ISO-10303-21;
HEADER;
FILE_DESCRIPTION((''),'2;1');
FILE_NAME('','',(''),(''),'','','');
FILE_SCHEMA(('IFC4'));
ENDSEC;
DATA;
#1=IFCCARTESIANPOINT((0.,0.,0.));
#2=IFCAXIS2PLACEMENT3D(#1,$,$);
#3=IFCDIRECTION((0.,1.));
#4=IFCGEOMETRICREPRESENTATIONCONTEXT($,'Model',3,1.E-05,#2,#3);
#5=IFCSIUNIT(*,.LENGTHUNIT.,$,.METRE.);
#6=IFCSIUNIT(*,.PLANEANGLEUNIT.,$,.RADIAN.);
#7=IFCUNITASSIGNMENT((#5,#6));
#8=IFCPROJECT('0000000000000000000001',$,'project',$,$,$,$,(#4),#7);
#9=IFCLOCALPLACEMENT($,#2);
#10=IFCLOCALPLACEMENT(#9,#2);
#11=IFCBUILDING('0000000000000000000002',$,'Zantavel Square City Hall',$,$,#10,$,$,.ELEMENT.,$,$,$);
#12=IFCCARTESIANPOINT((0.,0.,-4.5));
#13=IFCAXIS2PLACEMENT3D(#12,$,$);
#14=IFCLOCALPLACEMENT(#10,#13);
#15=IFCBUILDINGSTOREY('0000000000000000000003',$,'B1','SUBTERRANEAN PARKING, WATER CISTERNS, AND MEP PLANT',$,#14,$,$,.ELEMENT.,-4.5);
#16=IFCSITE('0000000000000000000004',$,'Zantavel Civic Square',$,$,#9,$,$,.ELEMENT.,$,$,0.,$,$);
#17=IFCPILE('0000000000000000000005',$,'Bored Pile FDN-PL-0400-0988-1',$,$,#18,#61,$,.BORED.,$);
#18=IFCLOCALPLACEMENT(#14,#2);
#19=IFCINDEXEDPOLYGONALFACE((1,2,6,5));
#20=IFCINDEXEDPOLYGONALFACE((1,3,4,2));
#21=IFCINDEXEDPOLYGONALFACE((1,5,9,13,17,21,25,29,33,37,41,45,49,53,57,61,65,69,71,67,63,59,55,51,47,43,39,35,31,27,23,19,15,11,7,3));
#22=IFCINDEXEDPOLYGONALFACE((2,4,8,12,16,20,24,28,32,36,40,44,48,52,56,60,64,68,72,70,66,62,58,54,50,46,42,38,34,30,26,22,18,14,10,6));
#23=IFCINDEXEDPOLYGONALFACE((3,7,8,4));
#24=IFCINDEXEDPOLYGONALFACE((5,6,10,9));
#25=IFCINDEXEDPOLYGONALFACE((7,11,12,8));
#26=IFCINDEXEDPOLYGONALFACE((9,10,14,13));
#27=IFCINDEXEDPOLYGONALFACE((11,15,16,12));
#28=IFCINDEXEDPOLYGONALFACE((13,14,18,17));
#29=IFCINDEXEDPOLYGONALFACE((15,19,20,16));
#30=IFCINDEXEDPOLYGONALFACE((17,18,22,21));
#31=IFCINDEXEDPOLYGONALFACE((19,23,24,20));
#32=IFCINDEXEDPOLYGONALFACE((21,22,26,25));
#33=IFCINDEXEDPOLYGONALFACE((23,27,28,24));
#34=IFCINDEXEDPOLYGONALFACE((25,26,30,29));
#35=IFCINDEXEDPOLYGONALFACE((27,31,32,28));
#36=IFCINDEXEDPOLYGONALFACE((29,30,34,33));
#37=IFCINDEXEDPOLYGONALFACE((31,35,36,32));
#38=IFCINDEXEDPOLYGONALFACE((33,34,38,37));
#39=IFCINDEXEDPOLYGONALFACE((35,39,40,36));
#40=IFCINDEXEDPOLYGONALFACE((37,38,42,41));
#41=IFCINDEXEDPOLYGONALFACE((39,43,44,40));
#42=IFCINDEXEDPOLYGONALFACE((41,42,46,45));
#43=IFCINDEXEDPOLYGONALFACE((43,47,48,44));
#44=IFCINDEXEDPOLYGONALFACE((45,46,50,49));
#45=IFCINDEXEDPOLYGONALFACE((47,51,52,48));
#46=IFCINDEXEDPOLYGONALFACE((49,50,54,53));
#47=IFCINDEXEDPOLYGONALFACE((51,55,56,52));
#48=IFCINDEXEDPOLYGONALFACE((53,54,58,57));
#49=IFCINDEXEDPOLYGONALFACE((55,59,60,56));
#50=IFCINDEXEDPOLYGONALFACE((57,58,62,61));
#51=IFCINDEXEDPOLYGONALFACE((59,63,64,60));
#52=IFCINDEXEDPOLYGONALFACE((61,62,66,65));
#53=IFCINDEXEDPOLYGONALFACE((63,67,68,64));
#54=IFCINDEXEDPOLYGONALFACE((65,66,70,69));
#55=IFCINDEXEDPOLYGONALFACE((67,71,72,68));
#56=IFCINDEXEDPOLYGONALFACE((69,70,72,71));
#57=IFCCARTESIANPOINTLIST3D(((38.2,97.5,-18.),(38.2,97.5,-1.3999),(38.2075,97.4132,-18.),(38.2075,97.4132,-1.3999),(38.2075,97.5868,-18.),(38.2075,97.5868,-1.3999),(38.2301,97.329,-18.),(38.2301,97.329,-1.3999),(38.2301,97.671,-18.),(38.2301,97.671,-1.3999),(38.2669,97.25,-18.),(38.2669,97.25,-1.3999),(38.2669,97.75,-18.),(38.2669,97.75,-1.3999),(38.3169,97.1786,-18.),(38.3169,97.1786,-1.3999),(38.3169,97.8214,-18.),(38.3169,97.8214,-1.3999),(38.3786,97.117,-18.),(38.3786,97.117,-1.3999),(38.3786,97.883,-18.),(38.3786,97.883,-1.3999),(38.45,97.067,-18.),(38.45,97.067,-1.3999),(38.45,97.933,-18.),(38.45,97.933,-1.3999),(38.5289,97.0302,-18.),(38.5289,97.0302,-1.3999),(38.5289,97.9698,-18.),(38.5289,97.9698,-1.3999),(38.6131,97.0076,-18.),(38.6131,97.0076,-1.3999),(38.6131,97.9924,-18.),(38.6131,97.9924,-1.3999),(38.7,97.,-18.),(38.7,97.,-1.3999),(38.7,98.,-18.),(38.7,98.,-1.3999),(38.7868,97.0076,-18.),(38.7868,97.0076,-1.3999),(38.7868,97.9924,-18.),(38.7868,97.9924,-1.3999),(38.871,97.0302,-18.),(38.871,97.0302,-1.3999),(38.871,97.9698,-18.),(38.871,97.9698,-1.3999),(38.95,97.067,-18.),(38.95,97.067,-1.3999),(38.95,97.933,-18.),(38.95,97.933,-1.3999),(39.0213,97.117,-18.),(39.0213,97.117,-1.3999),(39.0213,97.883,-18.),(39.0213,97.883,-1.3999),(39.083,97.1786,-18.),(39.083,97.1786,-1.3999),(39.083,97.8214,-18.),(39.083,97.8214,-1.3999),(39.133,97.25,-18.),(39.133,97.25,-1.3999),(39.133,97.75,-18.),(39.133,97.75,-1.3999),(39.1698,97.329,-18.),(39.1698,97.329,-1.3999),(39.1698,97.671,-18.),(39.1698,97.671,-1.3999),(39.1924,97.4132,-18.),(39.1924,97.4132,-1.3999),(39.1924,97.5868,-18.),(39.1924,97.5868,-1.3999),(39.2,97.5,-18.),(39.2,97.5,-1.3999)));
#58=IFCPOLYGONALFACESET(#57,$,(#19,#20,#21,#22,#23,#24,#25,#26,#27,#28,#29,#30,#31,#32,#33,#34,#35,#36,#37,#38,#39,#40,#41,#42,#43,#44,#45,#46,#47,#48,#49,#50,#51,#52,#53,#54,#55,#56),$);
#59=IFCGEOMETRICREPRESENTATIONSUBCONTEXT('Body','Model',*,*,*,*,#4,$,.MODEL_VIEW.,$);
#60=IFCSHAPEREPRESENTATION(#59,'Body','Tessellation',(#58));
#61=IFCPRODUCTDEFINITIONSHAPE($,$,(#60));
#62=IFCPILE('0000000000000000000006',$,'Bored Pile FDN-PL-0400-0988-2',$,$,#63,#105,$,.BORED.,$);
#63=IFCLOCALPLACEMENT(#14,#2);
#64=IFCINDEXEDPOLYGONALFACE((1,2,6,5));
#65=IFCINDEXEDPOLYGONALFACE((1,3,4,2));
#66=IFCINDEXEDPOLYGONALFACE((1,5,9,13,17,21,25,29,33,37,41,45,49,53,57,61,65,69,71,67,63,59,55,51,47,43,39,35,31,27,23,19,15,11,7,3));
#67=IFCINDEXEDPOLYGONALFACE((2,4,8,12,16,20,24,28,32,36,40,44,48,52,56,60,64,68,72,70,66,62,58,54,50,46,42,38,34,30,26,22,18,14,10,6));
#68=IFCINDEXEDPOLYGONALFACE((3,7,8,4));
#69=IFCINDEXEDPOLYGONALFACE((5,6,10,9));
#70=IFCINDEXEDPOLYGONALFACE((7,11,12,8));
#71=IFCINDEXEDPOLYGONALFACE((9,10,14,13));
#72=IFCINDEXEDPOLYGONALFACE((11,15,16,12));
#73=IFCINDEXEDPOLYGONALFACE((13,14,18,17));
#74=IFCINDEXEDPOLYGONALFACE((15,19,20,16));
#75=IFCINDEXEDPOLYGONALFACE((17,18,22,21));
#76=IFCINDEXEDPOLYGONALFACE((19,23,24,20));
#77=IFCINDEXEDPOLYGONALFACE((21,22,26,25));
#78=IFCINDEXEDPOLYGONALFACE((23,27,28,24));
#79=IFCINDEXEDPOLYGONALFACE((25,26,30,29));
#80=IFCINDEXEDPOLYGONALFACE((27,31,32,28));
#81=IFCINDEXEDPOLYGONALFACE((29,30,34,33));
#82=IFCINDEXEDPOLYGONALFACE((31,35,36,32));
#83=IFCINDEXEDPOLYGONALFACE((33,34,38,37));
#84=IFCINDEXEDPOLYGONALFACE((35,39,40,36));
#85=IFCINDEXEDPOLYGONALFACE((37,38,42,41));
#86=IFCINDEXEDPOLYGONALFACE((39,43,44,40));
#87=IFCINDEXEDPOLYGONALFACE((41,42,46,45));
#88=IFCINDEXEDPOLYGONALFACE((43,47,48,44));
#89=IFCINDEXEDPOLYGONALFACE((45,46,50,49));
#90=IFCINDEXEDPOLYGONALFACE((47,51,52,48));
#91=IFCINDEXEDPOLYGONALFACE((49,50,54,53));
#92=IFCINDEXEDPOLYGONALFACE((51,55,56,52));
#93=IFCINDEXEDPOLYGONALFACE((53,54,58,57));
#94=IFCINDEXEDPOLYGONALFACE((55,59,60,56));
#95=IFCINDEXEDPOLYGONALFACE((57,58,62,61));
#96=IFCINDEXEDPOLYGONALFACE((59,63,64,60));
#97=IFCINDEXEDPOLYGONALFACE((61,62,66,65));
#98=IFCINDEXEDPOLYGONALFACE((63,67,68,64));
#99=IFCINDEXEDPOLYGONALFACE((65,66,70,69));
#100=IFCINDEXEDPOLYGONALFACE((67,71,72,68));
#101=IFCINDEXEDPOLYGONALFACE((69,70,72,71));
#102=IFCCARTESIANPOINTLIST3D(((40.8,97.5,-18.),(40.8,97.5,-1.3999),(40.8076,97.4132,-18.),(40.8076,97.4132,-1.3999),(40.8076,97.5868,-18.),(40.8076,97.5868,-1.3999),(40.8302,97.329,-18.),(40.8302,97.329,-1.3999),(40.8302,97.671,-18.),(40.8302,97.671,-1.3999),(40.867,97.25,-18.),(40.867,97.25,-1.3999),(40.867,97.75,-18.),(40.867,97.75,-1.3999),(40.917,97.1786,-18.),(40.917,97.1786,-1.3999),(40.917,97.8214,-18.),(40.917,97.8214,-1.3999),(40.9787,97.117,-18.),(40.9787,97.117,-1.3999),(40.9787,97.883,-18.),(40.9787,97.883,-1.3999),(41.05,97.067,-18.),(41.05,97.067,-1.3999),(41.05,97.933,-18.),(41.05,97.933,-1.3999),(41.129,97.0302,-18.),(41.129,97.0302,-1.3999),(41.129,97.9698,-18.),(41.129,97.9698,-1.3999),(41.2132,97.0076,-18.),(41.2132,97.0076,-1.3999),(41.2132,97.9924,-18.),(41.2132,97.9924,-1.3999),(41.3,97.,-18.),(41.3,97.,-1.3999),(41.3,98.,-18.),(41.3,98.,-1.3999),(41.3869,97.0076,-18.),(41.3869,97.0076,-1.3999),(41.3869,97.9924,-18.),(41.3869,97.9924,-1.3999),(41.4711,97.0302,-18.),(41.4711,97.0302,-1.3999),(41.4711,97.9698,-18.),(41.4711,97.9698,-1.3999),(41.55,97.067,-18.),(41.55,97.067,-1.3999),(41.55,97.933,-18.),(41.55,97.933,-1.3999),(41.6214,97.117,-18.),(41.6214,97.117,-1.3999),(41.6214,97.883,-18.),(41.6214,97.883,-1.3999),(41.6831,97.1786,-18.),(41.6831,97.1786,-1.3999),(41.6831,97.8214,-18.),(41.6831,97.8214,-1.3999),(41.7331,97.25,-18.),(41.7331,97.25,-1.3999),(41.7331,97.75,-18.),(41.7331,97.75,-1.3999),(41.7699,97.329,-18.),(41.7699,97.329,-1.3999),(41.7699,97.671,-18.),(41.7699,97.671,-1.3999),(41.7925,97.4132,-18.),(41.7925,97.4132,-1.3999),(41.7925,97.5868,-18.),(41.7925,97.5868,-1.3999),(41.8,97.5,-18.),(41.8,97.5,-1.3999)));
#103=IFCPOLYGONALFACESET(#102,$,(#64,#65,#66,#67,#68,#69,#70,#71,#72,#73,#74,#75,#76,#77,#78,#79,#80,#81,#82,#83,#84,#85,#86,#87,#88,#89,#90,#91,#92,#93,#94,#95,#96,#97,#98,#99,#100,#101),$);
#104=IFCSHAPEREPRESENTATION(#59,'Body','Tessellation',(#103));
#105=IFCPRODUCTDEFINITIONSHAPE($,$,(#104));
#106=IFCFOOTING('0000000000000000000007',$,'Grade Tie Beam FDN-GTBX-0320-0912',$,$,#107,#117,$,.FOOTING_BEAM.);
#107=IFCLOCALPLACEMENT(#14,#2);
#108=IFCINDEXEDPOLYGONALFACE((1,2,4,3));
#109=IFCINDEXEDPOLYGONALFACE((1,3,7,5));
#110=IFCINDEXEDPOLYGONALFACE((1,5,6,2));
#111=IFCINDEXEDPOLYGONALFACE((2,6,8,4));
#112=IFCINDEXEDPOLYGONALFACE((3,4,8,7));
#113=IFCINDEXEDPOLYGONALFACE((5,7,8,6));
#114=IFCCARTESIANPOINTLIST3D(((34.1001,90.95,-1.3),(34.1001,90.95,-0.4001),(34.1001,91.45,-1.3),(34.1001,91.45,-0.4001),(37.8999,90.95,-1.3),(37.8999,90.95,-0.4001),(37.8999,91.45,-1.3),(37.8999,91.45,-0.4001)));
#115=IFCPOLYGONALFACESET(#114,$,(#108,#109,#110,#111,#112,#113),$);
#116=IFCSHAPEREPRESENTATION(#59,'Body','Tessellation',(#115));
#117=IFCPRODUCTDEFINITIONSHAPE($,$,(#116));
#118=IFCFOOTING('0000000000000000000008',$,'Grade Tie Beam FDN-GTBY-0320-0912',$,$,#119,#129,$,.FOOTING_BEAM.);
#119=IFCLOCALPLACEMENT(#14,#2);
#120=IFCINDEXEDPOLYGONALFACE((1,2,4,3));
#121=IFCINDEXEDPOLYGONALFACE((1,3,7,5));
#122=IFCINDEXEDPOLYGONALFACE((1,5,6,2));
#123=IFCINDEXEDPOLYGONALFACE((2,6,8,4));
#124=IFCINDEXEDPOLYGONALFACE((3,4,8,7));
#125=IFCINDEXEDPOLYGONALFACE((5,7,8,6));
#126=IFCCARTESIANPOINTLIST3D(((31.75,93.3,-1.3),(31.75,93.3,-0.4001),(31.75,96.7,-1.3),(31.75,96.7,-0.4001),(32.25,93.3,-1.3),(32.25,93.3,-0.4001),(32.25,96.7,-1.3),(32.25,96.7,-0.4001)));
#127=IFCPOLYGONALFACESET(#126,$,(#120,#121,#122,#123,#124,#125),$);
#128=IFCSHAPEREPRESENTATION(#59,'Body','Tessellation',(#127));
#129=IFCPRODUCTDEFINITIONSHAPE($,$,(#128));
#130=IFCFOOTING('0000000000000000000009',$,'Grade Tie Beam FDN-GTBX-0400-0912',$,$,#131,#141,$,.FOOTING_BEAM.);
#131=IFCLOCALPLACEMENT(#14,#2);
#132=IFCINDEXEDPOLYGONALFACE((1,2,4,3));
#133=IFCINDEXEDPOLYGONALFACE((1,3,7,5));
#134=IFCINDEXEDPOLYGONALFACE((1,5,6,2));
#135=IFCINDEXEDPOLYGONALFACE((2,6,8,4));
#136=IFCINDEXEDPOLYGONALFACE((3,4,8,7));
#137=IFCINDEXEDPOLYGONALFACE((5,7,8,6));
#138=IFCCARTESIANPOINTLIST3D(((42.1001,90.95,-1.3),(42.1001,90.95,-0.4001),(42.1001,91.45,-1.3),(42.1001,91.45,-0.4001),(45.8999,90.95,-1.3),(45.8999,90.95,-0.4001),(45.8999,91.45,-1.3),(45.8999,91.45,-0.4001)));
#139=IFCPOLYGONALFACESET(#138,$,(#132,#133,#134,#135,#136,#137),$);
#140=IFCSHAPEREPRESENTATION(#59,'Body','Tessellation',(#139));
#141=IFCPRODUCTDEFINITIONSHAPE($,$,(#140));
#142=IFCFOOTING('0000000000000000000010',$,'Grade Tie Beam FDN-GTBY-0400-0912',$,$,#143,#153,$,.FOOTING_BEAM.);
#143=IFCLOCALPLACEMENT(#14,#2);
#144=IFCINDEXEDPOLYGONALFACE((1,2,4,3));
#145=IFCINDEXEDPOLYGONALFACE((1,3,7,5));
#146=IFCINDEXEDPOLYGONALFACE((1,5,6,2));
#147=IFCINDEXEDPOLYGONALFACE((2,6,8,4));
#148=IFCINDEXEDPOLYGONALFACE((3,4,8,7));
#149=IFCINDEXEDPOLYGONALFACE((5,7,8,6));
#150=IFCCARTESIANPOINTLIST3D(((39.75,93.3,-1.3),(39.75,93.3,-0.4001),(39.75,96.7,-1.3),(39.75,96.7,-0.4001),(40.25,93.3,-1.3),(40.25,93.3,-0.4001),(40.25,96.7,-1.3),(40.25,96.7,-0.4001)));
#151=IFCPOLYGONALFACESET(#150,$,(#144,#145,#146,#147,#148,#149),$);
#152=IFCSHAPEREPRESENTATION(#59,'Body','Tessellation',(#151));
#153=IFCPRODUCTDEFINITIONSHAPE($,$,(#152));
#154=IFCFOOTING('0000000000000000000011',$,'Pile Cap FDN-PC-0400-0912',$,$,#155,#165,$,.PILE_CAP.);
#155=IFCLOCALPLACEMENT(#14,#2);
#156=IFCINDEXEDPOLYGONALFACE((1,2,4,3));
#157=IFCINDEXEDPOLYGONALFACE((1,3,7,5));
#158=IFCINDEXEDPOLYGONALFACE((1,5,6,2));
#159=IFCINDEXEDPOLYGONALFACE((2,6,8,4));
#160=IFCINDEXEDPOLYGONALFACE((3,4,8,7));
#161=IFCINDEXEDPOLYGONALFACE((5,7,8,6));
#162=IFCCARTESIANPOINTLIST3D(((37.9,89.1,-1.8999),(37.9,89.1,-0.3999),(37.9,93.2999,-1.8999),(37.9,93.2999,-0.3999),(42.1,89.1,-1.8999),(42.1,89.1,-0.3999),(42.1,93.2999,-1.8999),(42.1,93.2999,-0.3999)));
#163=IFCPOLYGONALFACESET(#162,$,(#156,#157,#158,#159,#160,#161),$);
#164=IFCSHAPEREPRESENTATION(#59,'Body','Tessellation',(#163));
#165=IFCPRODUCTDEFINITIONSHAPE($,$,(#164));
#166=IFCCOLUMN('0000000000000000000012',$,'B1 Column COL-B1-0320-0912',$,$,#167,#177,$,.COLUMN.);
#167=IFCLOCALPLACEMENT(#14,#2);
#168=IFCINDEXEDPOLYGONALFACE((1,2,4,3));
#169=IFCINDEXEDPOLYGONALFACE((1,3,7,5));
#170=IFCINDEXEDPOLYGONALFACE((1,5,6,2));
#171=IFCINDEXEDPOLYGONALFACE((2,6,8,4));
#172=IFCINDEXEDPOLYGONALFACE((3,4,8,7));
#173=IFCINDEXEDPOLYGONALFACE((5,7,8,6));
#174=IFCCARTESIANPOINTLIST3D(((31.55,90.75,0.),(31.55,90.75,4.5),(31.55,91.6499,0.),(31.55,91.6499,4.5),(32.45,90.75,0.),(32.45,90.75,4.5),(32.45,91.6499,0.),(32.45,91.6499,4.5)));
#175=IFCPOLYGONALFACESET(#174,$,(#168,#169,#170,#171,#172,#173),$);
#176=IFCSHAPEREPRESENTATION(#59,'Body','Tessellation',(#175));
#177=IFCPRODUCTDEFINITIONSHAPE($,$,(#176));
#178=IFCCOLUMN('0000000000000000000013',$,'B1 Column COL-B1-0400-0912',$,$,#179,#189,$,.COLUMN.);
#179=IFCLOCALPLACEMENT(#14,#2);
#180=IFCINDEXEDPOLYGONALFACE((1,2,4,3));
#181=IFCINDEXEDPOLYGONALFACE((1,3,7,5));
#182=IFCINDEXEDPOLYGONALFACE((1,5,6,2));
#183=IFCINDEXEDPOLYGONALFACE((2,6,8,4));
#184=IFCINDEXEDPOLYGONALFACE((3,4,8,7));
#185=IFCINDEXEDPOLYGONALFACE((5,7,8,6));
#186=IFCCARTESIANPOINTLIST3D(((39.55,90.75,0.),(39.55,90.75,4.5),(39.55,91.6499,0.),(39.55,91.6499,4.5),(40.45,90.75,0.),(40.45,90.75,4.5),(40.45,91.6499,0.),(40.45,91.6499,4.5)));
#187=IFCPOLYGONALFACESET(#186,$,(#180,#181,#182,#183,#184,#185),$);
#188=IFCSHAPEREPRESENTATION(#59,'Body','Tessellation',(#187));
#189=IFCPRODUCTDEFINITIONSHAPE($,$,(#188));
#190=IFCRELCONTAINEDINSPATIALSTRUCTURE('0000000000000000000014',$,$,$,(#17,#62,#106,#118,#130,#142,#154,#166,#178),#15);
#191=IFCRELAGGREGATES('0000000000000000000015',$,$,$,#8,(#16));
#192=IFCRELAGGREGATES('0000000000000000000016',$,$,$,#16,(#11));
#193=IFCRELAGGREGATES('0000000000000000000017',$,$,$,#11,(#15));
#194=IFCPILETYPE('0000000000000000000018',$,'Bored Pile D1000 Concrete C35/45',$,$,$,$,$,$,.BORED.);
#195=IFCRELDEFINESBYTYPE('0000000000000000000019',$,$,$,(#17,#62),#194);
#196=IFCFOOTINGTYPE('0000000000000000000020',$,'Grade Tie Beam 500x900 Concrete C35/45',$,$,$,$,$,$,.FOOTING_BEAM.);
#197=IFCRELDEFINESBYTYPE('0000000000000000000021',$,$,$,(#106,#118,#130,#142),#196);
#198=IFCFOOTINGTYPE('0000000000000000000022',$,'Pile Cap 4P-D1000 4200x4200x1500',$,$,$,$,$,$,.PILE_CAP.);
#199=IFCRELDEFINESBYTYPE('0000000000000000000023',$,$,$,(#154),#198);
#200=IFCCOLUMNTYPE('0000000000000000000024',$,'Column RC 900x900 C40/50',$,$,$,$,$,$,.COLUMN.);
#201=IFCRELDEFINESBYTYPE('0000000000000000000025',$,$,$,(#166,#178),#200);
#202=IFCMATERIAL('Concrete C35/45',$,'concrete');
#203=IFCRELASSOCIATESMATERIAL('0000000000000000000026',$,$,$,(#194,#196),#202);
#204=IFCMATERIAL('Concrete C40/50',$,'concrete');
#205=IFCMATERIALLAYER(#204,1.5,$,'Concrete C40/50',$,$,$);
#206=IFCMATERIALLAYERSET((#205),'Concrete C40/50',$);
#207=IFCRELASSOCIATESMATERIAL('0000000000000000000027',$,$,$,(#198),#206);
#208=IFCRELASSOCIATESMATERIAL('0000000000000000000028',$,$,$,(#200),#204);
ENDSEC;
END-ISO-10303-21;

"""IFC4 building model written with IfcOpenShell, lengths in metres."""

from ifc_helpers import new_model, si_unit, direction, frame, origin, origin_2d, place, context, subcontext, project, spatial, rectangle, circle, extrude, material, layer, layer_set, material_profile, profile_set, type_object, element, save


model = new_model("IFC4")

# Units and contexts
model_context = context("Model", 3, precision=1e-05, world=origin(), true_north=direction((0.0, 1.0)))
body_context = subcontext(model_context, "Body", "Model", "MODEL_VIEW")
ifc_project = project(units=[si_unit("LENGTHUNIT", "METRE"), si_unit("PLANEANGLEUNIT", "RADIAN")], contexts=[model_context])

# Site, building, storey
site_placement = place(None, origin())
site = spatial("IfcSite", under=ifc_project, at=site_placement, Name="Zantavel Civic Square", CompositionType="ELEMENT", RefElevation=0.0)
building_placement = place(site_placement, origin())
building = spatial("IfcBuilding", under=site, at=building_placement, Name="Zantavel Square City Hall", CompositionType="ELEMENT")
storey_placement = place(building_placement, frame((0.0, 0.0, -4.5)))
storey = spatial("IfcBuildingStorey", under=building, at=storey_placement, Name="B1", Description="SUBTERRANEAN PARKING, WATER CISTERNS, AND MEP PLANT", CompositionType="ELEMENT", Elevation=-4.5)

# Piles
ifc_material_1 = material(Name="Concrete C35/45", Category="concrete")
ifc_material_profile_1 = material_profile(ifc_material_1, circle(Radius=0.5, at=origin_2d()), Name="PILE D1000")
ifc_profile_set_1 = profile_set([ifc_material_profile_1], Name="Concrete C35/45")
pile_type = type_object("IfcPileType", Name="Bored Pile D1000 Concrete C35/45", PredefinedType="BORED", material=ifc_profile_set_1)
for number, where, z_axis, x_axis, name in (
    (1, (38.7, 97.5, -1.3999), (0.0, 0.0, -1.0), (1.0, 0.0, 0.0), "Bored Pile FDN-PL-0400-0988-1"),
    (2, (41.3, 97.5, -1.3999), (0.0, 0.0, -1.0), (1.0, 0.0, 0.0), "Bored Pile FDN-PL-0400-0988-2"),
):
    element("IfcPile", number, at=place(storey_placement, frame(where, z_axis=z_axis, x_axis=x_axis)), inside=storey, type_object=pile_type, Name=name, PredefinedType="BORED", context=body_context, shape_type="SweptSolid", body=[
        extrude(circle(Radius=0.5, at=origin_2d()), origin(), (0.0, 0.0, 1.0), 16.6001),
    ])

# Footings
ifc_material_profile_2 = material_profile(ifc_material_1, rectangle(XDim=0.5, YDim=0.8999, at=origin_2d()), Name="RC 500x900")
ifc_profile_set_2 = profile_set([ifc_material_profile_2], Name="Concrete C35/45")
footing_type_1 = type_object("IfcFootingType", Name="Grade Tie Beam 500x900 Concrete C35/45", PredefinedType="FOOTING_BEAM", material=ifc_profile_set_2)
footing_1_placement = place(storey_placement, frame((34.1001, 91.2, -0.8501), z_axis=(1.0, 0.0, 0.0), x_axis=(0.0, 1.0, 0.0)))
element("IfcFooting", 3, at=footing_1_placement, inside=storey, type_object=footing_type_1, Name="Grade Tie Beam FDN-GTBX-0320-0912", PredefinedType="FOOTING_BEAM", context=body_context, shape_type="SweptSolid", body=[
    extrude(rectangle(XDim=0.5, YDim=0.8999, at=origin_2d()), origin(), (0.0, 0.0, 1.0), 3.7998),
])
footing_2_placement = place(storey_placement, frame((32.0, 93.3, -0.8501), z_axis=(0.0, 1.0, 0.0), x_axis=(-1.0, 0.0, 0.0)))
element("IfcFooting", 4, at=footing_2_placement, inside=storey, type_object=footing_type_1, Name="Grade Tie Beam FDN-GTBY-0320-0912", PredefinedType="FOOTING_BEAM", context=body_context, shape_type="SweptSolid", body=[
    extrude(rectangle(XDim=0.5, YDim=0.8999, at=origin_2d()), origin(), (0.0, 0.0, 1.0), 3.3999),
])
footing_3_placement = place(storey_placement, frame((42.1001, 91.2, -0.8501), z_axis=(1.0, 0.0, 0.0), x_axis=(0.0, 1.0, 0.0)))
element("IfcFooting", 5, at=footing_3_placement, inside=storey, type_object=footing_type_1, Name="Grade Tie Beam FDN-GTBX-0400-0912", PredefinedType="FOOTING_BEAM", context=body_context, shape_type="SweptSolid", body=[
    extrude(rectangle(XDim=0.5, YDim=0.8999, at=origin_2d()), origin(), (0.0, 0.0, 1.0), 3.7998),
])
footing_4_placement = place(storey_placement, frame((40.0, 93.3, -0.8501), z_axis=(0.0, 1.0, 0.0), x_axis=(-1.0, 0.0, 0.0)))
element("IfcFooting", 6, at=footing_4_placement, inside=storey, type_object=footing_type_1, Name="Grade Tie Beam FDN-GTBY-0400-0912", PredefinedType="FOOTING_BEAM", context=body_context, shape_type="SweptSolid", body=[
    extrude(rectangle(XDim=0.5, YDim=0.8999, at=origin_2d()), origin(), (0.0, 0.0, 1.0), 3.3999),
])
ifc_material_2 = material(Name="Concrete C40/50", Category="concrete")
ifc_layer_1 = layer(ifc_material_2, 1.5, Name="Concrete C40/50")
ifc_layer_set_1 = layer_set([ifc_layer_1], Name="Concrete C40/50")
footing_type_2 = type_object("IfcFootingType", Name="Pile Cap 4P-D1000 4200x4200x1500", PredefinedType="PILE_CAP", material=ifc_layer_set_1)
footing_5_placement = place(storey_placement, frame((40.0, 91.2, -1.8999), z_axis=(0.0, 0.0, 1.0), x_axis=(1.0, 0.0, 0.0)))
element("IfcFooting", 7, at=footing_5_placement, inside=storey, type_object=footing_type_2, Name="Pile Cap FDN-PC-0400-0912", PredefinedType="PILE_CAP", context=body_context, shape_type="SweptSolid", body=[
    extrude(rectangle(XDim=4.2, YDim=4.2, at=origin_2d()), origin(), (0.0, 0.0, 1.0), 1.5),
])

# Columns
ifc_material_profile_3 = material_profile(ifc_material_2, rectangle(XDim=0.8999, YDim=0.8999, at=origin_2d()), Name="RC 900x900")
ifc_profile_set_3 = profile_set([ifc_material_profile_3], Name="Concrete C40/50")
column_type = type_object("IfcColumnType", Name="Column RC 900x900 C40/50", PredefinedType="COLUMN", material=ifc_profile_set_3)
for number, where, z_axis, x_axis, name in (
    (8, (32.0, 91.2, 0.0), (0.0, 0.0, 1.0), (1.0, 0.0, 0.0), "B1 Column COL-B1-0320-0912"),
    (9, (40.0, 91.2, 0.0), (0.0, 0.0, 1.0), (1.0, 0.0, 0.0), "B1 Column COL-B1-0400-0912"),
):
    element("IfcColumn", number, at=place(storey_placement, frame(where, z_axis=z_axis, x_axis=x_axis)), inside=storey, type_object=column_type, Name=name, PredefinedType="COLUMN", context=body_context, shape_type="SweptSolid", body=[
        extrude(rectangle(XDim=0.8999, YDim=0.8999, at=origin_2d()), origin(), (0.0, 0.0, 1.0), 4.5),
    ])

save(model, "model.ifc")
